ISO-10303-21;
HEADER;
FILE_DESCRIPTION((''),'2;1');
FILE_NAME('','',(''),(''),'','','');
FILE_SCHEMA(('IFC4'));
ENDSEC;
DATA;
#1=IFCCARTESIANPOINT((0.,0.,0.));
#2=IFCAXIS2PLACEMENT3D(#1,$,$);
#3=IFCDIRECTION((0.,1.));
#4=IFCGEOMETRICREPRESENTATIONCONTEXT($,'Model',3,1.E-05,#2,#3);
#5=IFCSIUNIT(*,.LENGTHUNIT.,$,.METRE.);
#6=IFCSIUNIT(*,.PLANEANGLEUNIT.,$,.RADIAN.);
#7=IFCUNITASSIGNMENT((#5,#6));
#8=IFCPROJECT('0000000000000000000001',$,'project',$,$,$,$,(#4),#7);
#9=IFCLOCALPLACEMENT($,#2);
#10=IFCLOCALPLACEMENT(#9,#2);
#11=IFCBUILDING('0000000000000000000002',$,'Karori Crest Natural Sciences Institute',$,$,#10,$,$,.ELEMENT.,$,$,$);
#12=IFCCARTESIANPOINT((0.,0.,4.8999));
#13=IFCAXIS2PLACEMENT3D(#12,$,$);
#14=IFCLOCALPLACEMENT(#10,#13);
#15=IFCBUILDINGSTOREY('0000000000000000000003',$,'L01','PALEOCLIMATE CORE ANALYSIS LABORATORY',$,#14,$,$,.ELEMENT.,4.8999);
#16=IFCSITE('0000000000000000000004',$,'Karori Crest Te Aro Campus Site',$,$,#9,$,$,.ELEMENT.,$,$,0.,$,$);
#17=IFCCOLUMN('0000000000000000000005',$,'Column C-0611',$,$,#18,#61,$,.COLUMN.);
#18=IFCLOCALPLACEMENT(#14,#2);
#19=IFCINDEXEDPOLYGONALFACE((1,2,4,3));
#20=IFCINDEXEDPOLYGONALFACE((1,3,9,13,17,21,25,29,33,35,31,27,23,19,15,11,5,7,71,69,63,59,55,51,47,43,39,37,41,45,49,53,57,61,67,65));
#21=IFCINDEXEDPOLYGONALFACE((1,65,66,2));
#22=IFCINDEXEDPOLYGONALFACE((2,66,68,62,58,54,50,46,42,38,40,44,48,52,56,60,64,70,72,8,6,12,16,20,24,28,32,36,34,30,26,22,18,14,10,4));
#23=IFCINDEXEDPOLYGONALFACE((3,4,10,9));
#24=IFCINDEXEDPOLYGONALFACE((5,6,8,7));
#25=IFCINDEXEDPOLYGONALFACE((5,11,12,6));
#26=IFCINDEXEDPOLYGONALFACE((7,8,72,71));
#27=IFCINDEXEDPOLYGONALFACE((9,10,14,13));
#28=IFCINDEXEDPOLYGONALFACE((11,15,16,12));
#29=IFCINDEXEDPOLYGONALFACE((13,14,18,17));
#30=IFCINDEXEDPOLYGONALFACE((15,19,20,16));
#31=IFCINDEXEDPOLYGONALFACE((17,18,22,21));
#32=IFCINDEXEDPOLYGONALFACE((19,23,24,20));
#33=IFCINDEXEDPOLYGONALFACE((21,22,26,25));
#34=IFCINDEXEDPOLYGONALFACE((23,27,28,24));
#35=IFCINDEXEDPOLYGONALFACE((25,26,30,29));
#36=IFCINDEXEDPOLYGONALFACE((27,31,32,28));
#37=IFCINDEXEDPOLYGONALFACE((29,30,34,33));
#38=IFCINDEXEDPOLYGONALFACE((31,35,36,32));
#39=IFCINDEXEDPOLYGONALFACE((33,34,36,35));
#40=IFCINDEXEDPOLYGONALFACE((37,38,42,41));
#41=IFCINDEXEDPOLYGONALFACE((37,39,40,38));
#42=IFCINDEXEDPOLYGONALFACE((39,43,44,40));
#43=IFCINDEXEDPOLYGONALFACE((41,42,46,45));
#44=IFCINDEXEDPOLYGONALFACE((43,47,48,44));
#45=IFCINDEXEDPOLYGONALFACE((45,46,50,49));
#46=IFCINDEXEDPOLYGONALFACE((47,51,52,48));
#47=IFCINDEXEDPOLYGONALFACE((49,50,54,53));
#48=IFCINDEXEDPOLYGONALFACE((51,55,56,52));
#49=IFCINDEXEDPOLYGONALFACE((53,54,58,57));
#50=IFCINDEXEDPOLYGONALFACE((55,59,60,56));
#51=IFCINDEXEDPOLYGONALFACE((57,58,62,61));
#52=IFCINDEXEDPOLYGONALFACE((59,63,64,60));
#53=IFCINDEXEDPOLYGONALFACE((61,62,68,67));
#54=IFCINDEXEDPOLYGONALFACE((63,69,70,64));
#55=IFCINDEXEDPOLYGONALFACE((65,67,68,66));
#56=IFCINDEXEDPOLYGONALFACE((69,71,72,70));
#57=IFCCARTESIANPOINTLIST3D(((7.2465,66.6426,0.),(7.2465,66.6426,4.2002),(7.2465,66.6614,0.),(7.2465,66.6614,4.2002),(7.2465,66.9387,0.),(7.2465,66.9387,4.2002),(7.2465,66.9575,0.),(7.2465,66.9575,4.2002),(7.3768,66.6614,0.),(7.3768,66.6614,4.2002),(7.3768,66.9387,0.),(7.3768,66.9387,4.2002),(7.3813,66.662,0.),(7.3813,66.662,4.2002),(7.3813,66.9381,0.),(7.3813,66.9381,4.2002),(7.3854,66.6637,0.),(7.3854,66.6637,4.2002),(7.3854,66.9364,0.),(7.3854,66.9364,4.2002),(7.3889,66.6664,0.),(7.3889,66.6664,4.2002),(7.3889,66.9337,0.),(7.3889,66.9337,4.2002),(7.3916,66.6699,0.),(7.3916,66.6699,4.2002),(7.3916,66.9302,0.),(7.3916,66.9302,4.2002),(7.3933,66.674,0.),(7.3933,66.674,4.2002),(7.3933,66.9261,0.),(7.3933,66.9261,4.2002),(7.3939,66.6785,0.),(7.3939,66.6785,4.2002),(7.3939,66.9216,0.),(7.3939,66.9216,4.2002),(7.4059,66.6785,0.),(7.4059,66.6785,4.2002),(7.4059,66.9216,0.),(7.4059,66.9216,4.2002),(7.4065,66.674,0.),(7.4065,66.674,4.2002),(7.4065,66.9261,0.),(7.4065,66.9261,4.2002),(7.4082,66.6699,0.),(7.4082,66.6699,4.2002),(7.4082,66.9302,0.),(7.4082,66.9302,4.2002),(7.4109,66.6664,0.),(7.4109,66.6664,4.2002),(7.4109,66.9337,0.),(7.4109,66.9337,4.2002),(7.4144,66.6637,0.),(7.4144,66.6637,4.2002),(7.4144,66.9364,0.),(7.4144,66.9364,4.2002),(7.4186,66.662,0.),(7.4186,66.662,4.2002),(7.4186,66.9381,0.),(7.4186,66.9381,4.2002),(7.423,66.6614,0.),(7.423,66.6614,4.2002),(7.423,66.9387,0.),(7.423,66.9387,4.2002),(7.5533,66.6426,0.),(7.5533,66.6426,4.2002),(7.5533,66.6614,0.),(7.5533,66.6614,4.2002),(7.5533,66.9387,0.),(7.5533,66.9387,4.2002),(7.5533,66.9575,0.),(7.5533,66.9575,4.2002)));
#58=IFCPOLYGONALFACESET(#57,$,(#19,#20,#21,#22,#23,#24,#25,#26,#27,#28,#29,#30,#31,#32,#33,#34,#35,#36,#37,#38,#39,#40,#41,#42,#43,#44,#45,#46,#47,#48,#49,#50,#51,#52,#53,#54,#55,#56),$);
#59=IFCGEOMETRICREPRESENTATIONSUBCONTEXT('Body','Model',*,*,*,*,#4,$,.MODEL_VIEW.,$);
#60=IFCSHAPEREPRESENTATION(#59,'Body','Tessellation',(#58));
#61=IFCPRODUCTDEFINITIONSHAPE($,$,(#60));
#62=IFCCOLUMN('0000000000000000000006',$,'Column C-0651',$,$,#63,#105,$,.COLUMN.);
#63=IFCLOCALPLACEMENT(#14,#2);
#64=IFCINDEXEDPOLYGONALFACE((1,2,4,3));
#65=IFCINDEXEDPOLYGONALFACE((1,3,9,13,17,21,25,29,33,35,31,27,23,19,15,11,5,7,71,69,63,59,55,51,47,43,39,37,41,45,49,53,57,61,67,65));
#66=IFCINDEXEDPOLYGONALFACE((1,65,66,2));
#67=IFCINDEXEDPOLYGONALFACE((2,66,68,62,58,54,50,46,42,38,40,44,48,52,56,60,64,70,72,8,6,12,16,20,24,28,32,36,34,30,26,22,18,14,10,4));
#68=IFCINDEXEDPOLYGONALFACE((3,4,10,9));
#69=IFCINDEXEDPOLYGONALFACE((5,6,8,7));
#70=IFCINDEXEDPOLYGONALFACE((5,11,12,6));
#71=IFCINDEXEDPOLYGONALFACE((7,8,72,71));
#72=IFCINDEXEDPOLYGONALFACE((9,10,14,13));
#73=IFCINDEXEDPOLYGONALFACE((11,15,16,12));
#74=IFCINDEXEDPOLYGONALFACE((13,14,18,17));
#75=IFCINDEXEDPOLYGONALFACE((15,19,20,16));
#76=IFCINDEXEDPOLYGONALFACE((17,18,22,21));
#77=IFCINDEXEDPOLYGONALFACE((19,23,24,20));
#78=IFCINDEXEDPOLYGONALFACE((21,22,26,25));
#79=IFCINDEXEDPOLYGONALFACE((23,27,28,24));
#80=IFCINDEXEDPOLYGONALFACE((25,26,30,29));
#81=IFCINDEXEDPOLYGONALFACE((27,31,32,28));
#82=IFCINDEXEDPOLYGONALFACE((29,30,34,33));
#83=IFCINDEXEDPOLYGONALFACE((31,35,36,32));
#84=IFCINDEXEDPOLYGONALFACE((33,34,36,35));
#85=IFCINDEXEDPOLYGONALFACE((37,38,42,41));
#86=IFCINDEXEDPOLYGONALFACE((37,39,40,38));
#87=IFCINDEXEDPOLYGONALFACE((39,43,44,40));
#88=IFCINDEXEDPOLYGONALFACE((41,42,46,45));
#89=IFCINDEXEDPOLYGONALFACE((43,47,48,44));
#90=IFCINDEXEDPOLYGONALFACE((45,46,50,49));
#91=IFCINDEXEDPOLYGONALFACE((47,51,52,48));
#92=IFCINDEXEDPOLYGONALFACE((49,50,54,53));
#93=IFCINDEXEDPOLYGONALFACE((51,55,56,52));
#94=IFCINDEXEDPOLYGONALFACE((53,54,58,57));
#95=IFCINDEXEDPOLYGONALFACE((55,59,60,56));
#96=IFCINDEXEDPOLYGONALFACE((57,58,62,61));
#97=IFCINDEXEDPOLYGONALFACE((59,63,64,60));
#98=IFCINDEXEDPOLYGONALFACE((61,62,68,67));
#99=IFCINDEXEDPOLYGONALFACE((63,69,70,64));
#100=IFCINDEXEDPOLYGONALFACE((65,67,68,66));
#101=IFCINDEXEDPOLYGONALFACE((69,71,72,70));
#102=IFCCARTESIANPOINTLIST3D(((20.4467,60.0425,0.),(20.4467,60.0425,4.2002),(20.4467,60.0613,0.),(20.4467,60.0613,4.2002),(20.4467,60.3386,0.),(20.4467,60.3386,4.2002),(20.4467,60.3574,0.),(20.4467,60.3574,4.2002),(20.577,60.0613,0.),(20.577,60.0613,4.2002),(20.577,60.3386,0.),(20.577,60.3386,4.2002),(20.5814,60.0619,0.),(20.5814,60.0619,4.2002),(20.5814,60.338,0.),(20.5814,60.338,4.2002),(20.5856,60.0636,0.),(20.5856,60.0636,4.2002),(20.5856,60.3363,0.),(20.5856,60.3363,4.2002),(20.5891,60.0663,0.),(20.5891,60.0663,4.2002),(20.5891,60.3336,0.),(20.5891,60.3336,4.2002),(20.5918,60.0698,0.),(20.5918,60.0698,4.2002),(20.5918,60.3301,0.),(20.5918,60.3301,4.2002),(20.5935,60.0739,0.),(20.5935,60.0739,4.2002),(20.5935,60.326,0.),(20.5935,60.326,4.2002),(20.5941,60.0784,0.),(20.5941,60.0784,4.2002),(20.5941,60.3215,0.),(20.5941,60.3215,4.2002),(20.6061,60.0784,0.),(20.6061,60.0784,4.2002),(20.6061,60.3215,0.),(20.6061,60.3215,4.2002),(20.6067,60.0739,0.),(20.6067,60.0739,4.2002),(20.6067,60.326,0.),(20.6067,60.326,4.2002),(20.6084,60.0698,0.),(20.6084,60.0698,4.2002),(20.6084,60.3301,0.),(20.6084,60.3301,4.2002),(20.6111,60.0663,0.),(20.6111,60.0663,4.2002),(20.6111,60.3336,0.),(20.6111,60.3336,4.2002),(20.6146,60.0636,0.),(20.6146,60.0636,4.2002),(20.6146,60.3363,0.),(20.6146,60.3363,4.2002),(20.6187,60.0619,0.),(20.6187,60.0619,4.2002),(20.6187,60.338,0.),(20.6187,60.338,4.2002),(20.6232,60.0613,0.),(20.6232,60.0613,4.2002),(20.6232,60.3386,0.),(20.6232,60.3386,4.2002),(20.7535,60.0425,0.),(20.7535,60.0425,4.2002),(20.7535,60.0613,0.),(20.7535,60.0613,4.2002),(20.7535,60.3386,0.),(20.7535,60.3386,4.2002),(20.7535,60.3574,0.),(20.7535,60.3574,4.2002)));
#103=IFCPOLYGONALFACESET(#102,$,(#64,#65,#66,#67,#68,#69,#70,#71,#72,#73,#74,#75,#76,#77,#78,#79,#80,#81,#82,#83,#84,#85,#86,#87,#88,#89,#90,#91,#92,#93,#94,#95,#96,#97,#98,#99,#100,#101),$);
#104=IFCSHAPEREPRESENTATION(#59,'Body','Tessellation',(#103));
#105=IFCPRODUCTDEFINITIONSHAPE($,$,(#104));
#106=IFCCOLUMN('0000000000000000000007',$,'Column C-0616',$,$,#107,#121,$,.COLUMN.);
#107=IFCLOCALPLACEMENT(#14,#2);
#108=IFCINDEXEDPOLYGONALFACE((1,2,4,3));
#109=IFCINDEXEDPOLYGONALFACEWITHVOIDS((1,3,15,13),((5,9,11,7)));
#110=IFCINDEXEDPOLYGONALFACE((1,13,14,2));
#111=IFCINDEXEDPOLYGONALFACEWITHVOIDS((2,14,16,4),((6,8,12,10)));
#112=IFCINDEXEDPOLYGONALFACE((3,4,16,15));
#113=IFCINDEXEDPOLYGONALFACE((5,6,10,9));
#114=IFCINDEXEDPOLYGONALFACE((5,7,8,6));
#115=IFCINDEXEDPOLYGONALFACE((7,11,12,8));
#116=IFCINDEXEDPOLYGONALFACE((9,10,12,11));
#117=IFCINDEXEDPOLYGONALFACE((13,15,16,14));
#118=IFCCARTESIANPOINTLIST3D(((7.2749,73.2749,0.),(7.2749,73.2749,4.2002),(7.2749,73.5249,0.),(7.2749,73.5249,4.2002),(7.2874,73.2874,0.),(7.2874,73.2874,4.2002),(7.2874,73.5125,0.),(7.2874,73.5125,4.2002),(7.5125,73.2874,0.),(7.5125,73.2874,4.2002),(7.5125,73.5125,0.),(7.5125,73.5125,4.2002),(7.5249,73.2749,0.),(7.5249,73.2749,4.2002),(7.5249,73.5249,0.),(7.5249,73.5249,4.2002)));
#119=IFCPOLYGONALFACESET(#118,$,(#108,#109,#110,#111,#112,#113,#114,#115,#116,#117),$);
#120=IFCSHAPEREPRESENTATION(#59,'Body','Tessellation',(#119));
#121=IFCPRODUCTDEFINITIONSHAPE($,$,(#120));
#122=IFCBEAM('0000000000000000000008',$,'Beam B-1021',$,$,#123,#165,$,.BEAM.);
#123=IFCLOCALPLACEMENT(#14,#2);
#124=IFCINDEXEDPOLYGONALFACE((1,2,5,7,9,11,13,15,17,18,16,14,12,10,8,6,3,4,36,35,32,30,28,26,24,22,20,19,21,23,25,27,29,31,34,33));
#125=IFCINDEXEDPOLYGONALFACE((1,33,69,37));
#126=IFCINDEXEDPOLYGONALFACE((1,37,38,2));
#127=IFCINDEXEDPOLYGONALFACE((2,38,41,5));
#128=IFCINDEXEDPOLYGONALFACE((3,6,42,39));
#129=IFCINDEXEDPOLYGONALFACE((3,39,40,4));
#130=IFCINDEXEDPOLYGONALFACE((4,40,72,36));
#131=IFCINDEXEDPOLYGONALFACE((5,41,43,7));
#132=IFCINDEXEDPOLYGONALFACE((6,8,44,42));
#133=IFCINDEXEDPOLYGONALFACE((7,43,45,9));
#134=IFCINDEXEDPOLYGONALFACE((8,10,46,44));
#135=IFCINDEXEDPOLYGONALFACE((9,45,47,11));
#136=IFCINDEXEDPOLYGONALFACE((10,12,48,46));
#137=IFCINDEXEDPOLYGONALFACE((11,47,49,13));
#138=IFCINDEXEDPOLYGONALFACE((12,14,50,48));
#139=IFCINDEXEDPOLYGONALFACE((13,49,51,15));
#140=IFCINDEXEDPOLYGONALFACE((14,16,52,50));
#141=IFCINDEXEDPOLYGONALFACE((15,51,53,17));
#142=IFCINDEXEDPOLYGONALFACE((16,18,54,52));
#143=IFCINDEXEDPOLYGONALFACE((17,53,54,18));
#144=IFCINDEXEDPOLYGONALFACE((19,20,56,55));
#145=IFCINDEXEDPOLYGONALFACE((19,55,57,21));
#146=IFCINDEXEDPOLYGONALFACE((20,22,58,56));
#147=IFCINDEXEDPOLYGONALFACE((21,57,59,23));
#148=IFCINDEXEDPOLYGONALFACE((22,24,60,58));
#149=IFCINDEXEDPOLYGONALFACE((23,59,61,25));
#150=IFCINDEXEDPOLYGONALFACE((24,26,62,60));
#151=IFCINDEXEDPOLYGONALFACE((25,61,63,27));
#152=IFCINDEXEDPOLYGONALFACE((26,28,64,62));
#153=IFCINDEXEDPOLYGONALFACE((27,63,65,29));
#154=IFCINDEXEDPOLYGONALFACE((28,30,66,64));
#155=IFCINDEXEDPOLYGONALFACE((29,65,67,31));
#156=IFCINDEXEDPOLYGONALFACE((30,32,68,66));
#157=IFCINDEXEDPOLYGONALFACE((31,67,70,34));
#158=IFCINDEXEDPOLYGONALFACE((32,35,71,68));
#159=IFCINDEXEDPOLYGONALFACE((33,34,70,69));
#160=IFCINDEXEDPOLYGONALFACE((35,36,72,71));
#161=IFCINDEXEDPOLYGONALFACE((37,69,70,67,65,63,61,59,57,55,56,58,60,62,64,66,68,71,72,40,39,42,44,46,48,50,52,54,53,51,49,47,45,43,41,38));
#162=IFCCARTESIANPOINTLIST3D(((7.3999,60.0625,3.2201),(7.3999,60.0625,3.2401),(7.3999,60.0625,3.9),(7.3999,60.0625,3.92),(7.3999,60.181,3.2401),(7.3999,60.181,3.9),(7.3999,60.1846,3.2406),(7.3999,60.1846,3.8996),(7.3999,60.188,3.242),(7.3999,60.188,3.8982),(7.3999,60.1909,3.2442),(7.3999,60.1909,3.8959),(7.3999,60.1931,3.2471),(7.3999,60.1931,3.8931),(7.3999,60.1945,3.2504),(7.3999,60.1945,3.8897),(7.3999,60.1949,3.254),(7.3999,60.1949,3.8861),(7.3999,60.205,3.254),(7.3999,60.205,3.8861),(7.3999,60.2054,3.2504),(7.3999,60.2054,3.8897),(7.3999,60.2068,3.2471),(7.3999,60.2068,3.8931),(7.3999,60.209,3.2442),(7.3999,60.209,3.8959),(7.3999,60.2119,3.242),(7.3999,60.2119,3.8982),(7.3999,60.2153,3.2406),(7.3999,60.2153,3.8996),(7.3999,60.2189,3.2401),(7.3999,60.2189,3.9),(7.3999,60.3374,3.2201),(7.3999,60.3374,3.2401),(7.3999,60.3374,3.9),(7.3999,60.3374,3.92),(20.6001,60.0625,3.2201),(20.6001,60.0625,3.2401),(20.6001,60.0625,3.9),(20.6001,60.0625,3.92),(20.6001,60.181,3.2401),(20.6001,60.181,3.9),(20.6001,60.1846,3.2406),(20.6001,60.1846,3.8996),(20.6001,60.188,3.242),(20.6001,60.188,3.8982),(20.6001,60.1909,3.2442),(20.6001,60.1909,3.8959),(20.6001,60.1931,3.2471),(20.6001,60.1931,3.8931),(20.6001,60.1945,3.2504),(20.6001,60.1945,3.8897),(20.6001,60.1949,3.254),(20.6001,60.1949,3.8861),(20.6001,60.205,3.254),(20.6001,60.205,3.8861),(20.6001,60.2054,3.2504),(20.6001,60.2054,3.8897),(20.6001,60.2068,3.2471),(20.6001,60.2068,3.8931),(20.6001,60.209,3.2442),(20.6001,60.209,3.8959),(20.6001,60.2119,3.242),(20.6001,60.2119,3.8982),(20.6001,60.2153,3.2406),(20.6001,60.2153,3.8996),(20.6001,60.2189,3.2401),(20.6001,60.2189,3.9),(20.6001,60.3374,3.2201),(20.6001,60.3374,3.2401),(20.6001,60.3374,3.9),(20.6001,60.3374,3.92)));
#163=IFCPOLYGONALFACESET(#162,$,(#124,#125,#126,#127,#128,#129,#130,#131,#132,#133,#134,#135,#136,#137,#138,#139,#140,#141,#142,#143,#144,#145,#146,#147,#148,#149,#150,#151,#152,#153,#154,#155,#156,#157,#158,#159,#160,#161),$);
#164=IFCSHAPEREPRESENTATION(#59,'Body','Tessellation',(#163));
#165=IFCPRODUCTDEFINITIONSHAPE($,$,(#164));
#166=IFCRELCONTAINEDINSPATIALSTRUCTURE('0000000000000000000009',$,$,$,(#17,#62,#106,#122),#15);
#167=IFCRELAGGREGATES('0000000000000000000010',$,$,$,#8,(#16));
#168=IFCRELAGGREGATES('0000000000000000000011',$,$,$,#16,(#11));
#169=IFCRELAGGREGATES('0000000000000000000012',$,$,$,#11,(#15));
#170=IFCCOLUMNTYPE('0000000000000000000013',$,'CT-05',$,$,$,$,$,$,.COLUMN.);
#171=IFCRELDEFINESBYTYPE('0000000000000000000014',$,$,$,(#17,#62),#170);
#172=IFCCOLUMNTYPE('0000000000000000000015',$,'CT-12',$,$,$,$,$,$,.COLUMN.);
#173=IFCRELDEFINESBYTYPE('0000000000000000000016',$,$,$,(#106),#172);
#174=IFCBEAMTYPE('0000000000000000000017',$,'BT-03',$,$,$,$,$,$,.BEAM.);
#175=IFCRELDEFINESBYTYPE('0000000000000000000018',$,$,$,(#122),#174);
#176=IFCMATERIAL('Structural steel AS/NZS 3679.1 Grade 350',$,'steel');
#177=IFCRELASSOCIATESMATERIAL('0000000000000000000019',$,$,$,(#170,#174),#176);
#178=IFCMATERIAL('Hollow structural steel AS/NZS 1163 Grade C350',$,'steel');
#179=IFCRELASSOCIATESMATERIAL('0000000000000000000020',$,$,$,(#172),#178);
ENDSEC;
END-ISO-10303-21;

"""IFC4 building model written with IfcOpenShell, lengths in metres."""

from ifc_helpers import new_model, si_unit, direction, frame, origin, origin_2d, place, context, subcontext, project, spatial, hollow_rectangle, i_section, extrude, material, material_profile, profile_set, type_object, element, save


model = new_model("IFC4")

# Units and contexts
model_context = context("Model", 3, precision=1e-05, world=origin(), true_north=direction((0.0, 1.0)))
body_context = subcontext(model_context, "Body", "Model", "MODEL_VIEW")
ifc_project = project(units=[si_unit("LENGTHUNIT", "METRE"), si_unit("PLANEANGLEUNIT", "RADIAN")], contexts=[model_context])

# Site, building, storey
site_placement = place(None, origin())
site = spatial("IfcSite", under=ifc_project, at=site_placement, Name="Karori Crest Te Aro Campus Site", CompositionType="ELEMENT", RefElevation=0.0)
building_placement = place(site_placement, origin())
building = spatial("IfcBuilding", under=site, at=building_placement, Name="Karori Crest Natural Sciences Institute", CompositionType="ELEMENT")
storey_placement = place(building_placement, frame((0.0, 0.0, 4.8999)))
storey = spatial("IfcBuildingStorey", under=building, at=storey_placement, Name="L01", Description="PALEOCLIMATE CORE ANALYSIS LABORATORY", CompositionType="ELEMENT", Elevation=4.8999)

# Columns
ifc_material_1 = material(Name="Structural steel AS/NZS 3679.1 Grade 350", Category="steel")
ifc_material_profile_1 = material_profile(ifc_material_1, i_section(OverallWidth=0.3069, OverallDepth=0.3149, WebThickness=0.012, FlangeThickness=0.0188, FilletRadius=0.0171, at=origin_2d()), Name="310UC118")
ifc_profile_set_1 = profile_set([ifc_material_profile_1], Name="Structural steel AS/NZS 3679.1 Grade 350")
column_type_1 = type_object("IfcColumnType", Name="CT-05", PredefinedType="COLUMN", material=ifc_profile_set_1)
for number, where, z_axis, x_axis, name in (
    (1, (7.3999, 66.8, 0.0), (0.0, 0.0, 1.0), (1.0, 0.0, 0.0), "Column C-0611"),
    (2, (20.6001, 60.2, 0.0), (0.0, 0.0, 1.0), (1.0, 0.0, 0.0), "Column C-0651"),
):
    element("IfcColumn", number, at=place(storey_placement, frame(where, z_axis=z_axis, x_axis=x_axis)), inside=storey, type_object=column_type_1, Name=name, PredefinedType="COLUMN", context=body_context, shape_type="SweptSolid", body=[
        extrude(i_section(OverallWidth=0.3069, OverallDepth=0.3149, WebThickness=0.012, FlangeThickness=0.0188, FilletRadius=0.0171, at=origin_2d()), origin(), (0.0, 0.0, 1.0), 4.2002),
    ])
ifc_material_2 = material(Name="Hollow structural steel AS/NZS 1163 Grade C350", Category="steel")
ifc_material_profile_2 = material_profile(ifc_material_2, hollow_rectangle(XDim=0.25, YDim=0.25, WallThickness=0.0125, at=origin_2d()), Name="SHS250x250x12.5")
ifc_profile_set_2 = profile_set([ifc_material_profile_2], Name="Hollow structural steel AS/NZS 1163 Grade C350")
column_type_2 = type_object("IfcColumnType", Name="CT-12", PredefinedType="COLUMN", material=ifc_profile_set_2)
column_placement = place(storey_placement, frame((7.3999, 73.3999, 0.0), z_axis=(0.0, 0.0, 1.0), x_axis=(1.0, 0.0, 0.0)))
element("IfcColumn", 3, at=column_placement, inside=storey, type_object=column_type_2, Name="Column C-0616", PredefinedType="COLUMN", context=body_context, shape_type="SweptSolid", body=[
    extrude(hollow_rectangle(XDim=0.25, YDim=0.25, WallThickness=0.0125, at=origin_2d()), origin(), (0.0, 0.0, 1.0), 4.2002),
])

# Beam
ifc_material_profile_3 = material_profile(ifc_material_1, i_section(OverallWidth=0.2749, OverallDepth=0.7, WebThickness=0.01, FlangeThickness=0.02, FilletRadius=0.0139, at=origin_2d()), Name="700WB150")
ifc_profile_set_3 = profile_set([ifc_material_profile_3], Name="Structural steel AS/NZS 3679.1 Grade 350")
beam_type_1 = type_object("IfcBeamType", Name="BT-03", PredefinedType="BEAM", material=ifc_profile_set_3)
for number, where, z_axis, x_axis, name in (
    (4, (7.3999, 60.2, 3.5701), (1.0, 0.0, 0.0), (0.0, 1.0, 0.0), "Beam B-1021"),
):
    element("IfcBeam", number, at=place(storey_placement, frame(where, z_axis=z_axis, x_axis=x_axis)), inside=storey, type_object=beam_type_1, Name=name, PredefinedType="BEAM", context=body_context, shape_type="SweptSolid", body=[
        extrude(i_section(OverallWidth=0.2749, OverallDepth=0.7, WebThickness=0.01, FlangeThickness=0.02, FilletRadius=0.0139, at=origin_2d()), origin(), (0.0, 0.0, 1.0), 13.2002),
    ])

save(model, "model.ifc")
